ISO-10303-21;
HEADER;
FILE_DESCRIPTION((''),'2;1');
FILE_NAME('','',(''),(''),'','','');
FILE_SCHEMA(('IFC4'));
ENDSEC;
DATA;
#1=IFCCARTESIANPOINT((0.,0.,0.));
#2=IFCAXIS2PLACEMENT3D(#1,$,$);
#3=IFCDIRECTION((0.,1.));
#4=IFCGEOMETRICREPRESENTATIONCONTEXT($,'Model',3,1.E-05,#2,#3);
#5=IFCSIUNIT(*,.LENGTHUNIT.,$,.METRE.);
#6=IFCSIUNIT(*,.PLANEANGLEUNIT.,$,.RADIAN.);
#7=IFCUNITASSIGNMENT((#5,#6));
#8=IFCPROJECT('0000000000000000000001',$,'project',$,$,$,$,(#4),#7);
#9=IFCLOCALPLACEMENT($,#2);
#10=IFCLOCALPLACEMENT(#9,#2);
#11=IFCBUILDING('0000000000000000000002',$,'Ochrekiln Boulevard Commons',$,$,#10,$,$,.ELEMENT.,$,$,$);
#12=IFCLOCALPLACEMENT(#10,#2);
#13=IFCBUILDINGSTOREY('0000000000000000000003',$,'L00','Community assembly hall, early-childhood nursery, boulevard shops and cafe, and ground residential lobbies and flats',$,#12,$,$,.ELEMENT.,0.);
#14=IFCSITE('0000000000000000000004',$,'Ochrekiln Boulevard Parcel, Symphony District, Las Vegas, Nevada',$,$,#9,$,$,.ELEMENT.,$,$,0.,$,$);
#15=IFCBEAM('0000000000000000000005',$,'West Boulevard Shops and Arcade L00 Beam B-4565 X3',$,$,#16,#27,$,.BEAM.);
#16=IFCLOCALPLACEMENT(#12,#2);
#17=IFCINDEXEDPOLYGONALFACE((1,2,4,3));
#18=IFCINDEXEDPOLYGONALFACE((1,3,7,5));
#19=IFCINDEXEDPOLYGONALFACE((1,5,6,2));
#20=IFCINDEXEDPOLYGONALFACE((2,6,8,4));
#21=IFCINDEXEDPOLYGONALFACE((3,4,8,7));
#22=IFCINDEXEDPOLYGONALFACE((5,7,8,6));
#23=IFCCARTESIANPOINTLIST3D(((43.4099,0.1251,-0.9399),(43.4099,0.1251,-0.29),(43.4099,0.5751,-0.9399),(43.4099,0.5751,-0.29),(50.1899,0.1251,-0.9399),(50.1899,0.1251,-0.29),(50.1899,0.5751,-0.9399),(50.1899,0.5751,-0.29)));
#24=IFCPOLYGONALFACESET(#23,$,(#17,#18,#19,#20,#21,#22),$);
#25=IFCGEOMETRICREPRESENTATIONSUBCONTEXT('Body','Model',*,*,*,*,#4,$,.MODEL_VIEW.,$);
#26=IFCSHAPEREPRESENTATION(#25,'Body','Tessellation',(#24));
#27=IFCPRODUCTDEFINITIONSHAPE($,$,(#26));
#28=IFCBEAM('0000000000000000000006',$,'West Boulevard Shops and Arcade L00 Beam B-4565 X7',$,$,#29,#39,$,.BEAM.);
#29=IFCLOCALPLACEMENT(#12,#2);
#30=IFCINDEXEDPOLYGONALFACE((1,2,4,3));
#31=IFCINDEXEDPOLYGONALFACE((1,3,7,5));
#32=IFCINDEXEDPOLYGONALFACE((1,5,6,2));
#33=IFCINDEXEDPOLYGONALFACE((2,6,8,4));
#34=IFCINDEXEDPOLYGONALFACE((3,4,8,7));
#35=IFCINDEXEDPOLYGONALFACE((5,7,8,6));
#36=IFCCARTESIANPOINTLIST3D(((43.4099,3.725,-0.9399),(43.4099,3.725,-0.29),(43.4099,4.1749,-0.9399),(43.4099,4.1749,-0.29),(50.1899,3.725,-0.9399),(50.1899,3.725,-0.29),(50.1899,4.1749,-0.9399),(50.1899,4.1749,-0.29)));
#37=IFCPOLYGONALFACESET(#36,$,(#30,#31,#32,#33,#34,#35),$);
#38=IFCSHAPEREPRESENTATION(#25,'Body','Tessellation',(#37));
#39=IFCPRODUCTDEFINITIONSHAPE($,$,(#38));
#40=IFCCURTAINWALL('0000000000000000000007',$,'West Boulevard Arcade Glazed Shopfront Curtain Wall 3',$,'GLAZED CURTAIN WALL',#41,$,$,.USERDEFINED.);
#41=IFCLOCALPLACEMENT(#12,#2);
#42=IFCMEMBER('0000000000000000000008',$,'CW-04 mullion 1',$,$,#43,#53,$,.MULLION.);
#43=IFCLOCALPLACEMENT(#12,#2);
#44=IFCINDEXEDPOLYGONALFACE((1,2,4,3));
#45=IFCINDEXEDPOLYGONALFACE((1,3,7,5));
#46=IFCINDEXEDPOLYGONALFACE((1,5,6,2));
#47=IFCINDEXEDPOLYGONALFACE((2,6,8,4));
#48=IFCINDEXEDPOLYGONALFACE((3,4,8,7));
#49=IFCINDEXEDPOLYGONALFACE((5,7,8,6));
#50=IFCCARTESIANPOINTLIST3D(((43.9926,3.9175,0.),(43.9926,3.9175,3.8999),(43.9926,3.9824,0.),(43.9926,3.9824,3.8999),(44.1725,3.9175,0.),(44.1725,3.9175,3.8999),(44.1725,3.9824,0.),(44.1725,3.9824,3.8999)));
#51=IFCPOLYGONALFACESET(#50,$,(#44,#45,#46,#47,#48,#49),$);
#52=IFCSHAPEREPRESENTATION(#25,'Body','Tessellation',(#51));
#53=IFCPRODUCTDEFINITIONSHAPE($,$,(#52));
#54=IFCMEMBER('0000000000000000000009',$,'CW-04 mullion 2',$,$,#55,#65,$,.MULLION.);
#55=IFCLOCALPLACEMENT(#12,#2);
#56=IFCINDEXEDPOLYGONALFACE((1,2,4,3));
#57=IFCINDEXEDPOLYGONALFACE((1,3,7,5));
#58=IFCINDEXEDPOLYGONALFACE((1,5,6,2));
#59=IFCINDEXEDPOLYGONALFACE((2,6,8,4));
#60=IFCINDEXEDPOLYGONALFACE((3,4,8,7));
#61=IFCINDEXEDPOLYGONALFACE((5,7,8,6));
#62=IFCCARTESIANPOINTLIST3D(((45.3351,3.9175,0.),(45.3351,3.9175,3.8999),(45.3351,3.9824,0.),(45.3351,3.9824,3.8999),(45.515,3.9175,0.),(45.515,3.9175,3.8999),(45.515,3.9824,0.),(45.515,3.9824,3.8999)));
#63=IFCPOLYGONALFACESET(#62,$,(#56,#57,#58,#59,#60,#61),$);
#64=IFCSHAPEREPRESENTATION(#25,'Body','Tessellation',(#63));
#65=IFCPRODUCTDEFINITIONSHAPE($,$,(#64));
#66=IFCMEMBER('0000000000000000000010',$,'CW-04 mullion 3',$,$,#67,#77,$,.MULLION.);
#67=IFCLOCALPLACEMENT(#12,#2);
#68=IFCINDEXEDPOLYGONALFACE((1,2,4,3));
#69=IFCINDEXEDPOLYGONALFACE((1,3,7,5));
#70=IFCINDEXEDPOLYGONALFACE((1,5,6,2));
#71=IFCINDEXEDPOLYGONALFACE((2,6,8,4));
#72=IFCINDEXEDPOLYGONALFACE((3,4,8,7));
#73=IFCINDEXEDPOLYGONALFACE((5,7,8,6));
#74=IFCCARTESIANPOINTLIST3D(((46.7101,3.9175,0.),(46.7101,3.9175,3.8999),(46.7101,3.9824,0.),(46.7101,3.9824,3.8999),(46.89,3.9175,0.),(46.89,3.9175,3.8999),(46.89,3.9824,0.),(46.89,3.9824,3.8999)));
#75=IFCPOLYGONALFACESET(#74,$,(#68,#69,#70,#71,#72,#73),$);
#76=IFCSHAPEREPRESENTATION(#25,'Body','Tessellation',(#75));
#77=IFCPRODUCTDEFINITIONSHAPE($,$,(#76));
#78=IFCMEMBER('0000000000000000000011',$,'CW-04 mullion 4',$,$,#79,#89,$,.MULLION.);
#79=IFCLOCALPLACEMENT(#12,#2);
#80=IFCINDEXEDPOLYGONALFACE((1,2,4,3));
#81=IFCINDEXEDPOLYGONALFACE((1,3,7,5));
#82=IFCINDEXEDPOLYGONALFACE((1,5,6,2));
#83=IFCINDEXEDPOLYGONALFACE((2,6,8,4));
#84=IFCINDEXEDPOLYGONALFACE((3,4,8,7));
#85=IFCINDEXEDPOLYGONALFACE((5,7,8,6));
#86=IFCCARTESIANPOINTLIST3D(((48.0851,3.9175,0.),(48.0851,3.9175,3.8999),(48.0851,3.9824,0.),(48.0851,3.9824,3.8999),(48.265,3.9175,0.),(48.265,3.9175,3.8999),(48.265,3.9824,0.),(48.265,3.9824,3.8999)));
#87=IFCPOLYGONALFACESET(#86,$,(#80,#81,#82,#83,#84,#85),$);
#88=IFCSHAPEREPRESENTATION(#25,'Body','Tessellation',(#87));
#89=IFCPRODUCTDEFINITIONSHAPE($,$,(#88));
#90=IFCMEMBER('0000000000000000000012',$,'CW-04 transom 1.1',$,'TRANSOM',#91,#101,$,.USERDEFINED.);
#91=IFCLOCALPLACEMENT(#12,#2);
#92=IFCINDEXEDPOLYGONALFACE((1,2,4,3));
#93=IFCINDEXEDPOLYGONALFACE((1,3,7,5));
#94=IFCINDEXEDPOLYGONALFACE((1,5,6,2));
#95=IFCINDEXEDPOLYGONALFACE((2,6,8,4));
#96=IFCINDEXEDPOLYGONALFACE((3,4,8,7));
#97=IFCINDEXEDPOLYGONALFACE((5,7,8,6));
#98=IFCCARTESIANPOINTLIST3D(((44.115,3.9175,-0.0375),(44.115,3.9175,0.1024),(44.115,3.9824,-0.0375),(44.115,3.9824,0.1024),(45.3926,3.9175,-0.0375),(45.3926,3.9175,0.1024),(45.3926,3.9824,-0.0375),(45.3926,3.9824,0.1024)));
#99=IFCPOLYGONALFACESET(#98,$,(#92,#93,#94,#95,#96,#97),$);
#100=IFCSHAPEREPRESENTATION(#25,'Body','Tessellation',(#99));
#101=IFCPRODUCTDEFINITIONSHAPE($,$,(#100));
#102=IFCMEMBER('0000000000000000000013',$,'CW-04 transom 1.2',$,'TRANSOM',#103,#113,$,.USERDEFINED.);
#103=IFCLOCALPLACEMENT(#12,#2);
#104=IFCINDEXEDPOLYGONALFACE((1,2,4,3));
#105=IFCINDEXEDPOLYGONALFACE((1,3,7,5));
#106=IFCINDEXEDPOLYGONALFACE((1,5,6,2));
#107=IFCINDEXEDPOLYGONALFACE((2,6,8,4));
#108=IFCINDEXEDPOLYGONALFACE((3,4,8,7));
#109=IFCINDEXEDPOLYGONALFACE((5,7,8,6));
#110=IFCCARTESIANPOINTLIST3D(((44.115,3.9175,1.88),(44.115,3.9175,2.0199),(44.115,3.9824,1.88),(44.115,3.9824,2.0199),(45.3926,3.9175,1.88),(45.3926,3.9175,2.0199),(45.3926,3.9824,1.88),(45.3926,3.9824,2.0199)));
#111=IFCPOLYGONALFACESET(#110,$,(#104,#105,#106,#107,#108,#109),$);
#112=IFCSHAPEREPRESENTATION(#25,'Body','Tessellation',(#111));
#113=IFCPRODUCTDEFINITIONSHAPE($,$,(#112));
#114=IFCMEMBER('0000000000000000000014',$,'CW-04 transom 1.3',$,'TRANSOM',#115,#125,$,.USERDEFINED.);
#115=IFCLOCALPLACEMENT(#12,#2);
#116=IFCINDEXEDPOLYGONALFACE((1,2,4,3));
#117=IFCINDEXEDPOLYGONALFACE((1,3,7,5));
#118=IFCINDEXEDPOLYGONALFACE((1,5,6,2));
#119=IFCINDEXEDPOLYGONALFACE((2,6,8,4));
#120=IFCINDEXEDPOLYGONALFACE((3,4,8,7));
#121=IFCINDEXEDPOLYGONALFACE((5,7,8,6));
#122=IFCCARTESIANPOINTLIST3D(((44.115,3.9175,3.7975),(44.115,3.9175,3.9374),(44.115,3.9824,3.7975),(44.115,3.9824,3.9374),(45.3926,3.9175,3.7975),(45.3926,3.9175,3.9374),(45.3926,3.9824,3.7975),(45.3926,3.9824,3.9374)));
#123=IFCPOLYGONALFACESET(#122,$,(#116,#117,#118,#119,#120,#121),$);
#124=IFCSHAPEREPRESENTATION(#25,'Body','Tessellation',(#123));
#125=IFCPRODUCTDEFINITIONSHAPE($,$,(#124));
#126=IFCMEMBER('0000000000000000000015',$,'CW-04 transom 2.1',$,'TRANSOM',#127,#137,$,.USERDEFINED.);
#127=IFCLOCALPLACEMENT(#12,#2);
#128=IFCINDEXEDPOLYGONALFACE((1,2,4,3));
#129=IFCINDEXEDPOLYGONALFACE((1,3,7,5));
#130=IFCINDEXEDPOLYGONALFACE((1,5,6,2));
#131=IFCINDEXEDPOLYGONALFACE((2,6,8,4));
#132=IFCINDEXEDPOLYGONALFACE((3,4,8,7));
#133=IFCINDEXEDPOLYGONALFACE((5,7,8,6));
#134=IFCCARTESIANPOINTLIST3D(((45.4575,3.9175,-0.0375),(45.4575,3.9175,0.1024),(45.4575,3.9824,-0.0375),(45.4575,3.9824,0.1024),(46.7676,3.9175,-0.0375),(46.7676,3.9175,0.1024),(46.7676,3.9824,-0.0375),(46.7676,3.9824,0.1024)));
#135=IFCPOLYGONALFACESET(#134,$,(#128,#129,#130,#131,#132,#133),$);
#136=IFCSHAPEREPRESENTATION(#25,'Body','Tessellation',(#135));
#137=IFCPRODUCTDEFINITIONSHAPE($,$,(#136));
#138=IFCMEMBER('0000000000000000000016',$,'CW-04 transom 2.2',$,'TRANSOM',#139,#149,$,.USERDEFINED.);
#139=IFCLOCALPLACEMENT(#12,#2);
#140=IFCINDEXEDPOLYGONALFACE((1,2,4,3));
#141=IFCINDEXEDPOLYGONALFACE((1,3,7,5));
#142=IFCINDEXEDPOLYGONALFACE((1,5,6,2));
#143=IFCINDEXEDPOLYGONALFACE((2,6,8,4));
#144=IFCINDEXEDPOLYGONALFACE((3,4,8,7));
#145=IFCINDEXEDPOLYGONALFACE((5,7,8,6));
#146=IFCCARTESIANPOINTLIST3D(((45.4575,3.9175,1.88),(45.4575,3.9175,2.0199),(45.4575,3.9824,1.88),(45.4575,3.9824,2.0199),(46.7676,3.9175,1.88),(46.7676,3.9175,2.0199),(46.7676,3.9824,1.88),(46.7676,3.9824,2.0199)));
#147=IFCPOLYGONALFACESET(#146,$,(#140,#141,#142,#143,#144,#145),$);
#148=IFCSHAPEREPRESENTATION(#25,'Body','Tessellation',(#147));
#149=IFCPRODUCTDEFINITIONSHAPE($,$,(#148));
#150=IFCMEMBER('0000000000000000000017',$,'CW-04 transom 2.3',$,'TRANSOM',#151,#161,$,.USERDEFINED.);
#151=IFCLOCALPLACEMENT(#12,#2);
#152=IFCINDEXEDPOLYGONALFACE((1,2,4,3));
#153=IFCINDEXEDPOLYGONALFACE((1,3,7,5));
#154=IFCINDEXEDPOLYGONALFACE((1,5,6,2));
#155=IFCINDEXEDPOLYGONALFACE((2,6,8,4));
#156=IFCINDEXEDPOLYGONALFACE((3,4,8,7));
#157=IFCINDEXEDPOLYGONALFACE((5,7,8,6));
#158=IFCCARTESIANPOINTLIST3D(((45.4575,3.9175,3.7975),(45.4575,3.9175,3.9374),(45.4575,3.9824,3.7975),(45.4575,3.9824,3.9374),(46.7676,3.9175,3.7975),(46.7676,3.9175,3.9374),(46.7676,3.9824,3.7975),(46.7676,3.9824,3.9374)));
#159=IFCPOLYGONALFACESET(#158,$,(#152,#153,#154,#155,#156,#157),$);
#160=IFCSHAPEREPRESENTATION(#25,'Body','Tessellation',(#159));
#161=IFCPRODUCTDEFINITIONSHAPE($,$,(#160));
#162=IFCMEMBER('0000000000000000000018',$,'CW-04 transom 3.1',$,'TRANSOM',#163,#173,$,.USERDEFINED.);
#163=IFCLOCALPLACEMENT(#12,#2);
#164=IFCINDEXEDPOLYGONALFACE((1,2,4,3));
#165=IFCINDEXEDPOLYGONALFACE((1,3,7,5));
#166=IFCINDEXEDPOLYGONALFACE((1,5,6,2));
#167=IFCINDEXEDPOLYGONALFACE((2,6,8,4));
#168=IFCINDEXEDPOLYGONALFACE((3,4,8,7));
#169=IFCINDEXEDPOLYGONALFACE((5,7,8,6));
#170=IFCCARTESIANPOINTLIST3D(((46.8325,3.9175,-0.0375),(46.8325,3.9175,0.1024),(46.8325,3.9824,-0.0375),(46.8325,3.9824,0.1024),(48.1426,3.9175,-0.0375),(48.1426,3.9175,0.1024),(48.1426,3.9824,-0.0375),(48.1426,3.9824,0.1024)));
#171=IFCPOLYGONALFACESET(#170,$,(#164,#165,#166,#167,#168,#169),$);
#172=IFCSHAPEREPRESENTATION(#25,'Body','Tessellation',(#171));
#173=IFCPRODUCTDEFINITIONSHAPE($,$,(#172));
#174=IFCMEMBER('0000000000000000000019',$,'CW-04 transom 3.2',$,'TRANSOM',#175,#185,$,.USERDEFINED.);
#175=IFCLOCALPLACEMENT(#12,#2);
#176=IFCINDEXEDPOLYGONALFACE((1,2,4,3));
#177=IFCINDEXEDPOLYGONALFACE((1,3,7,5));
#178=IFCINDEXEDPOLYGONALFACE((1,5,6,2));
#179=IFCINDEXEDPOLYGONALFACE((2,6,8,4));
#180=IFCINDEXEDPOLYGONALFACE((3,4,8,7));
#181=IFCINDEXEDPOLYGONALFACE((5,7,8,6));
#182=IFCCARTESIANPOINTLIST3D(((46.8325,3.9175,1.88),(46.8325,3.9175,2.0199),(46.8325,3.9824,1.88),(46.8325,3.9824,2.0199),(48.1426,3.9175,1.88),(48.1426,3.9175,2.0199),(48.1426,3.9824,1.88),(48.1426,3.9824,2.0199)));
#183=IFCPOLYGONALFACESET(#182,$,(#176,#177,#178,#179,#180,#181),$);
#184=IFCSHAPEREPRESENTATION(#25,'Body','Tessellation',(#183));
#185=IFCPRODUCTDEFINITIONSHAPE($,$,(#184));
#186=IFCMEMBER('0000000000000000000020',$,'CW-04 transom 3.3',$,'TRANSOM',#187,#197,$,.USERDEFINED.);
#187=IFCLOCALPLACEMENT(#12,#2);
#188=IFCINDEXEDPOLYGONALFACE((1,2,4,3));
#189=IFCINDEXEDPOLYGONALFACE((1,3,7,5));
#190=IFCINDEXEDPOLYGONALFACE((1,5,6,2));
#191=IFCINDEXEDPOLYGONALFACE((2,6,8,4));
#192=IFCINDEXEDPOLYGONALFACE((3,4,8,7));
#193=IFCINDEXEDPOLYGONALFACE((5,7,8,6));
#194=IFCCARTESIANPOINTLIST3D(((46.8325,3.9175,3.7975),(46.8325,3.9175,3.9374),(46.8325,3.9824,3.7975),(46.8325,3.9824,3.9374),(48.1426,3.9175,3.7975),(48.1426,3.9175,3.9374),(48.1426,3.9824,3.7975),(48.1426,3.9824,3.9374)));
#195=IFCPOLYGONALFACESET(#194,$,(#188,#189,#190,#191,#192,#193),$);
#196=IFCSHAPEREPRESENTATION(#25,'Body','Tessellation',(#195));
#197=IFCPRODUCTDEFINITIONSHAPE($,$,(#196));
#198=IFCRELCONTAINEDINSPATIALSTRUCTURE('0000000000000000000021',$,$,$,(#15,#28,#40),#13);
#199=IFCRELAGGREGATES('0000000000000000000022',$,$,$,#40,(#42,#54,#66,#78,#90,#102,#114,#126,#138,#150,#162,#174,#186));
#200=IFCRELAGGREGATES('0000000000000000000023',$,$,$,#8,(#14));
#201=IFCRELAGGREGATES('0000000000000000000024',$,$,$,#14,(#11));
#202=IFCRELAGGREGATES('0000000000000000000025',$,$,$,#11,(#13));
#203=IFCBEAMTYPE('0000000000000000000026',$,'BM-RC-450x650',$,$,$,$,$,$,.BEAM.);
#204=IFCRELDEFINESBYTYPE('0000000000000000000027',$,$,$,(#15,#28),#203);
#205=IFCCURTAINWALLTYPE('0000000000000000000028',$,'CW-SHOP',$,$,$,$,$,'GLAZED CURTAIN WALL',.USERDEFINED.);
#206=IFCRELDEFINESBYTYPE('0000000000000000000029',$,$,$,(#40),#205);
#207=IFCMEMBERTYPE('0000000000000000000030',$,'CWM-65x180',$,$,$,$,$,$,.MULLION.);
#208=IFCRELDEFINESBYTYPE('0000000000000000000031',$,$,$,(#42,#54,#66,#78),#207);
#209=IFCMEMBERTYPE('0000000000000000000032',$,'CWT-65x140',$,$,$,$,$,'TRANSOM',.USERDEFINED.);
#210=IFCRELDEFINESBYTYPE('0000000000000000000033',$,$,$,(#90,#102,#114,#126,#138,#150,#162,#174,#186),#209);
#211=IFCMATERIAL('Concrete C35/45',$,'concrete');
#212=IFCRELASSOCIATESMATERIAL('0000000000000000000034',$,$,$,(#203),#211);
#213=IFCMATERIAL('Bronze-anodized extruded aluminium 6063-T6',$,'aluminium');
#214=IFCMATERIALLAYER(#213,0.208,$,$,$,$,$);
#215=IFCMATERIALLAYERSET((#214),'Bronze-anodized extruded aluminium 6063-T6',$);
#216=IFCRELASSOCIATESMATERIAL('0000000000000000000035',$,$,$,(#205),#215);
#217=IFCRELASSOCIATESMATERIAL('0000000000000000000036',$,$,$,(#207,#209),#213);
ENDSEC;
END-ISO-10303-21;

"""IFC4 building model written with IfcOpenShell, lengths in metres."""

from ifc_helpers import new_model, si_unit, direction, frame, origin, origin_2d, place, context, subcontext, project, spatial, rectangle, extrude, material, layer, layer_set, material_profile, profile_set, type_object, element, aggregate, save


model = new_model("IFC4")

# Units and contexts
model_context = context("Model", 3, precision=1e-05, world=origin(), true_north=direction((0.0, 1.0)))
body_context = subcontext(model_context, "Body", "Model", "MODEL_VIEW")
ifc_project = project(units=[si_unit("LENGTHUNIT", "METRE"), si_unit("PLANEANGLEUNIT", "RADIAN")], contexts=[model_context])

# Site, building, storey
site_placement = place(None, origin())
site = spatial("IfcSite", under=ifc_project, at=site_placement, Name="Ochrekiln Boulevard Parcel, Symphony District, Las Vegas, Nevada", CompositionType="ELEMENT", RefElevation=0.0)
building_placement = place(site_placement, origin())
building = spatial("IfcBuilding", under=site, at=building_placement, Name="Ochrekiln Boulevard Commons", CompositionType="ELEMENT")
storey_placement = place(building_placement, origin())
storey = spatial("IfcBuildingStorey", under=building, at=storey_placement, Name="L00", Description="Community assembly hall, early-childhood nursery, boulevard shops and cafe, and ground residential lobbies and flats", CompositionType="ELEMENT", Elevation=0.0)

# Beams
ifc_material_1 = material(Name="Concrete C35/45", Category="concrete")
ifc_material_profile_1 = material_profile(ifc_material_1, rectangle(XDim=0.45, YDim=0.6499, at=origin_2d()), Name="RC-BM-450x650")
ifc_profile_set_1 = profile_set([ifc_material_profile_1], Name="Concrete C35/45")
beam_type_1 = type_object("IfcBeamType", Name="BM-RC-450x650", PredefinedType="BEAM", material=ifc_profile_set_1)
for number, where, z_axis, x_axis, name in (
    (1, (43.4099, 0.3501, -0.615), (1.0, 0.0, 0.0), (0.0, 1.0, 0.0), "West Boulevard Shops and Arcade L00 Beam B-4565 X3"),
    (2, (43.4099, 3.95, -0.615), (1.0, 0.0, 0.0), (0.0, 1.0, 0.0), "West Boulevard Shops and Arcade L00 Beam B-4565 X7"),
):
    element("IfcBeam", number, at=place(storey_placement, frame(where, z_axis=z_axis, x_axis=x_axis)), inside=storey, type_object=beam_type_1, Name=name, PredefinedType="BEAM", context=body_context, shape_type="SweptSolid", body=[
        extrude(rectangle(XDim=0.45, YDim=0.6499, at=origin_2d()), origin(), (0.0, 0.0, 1.0), 6.78),
    ])

# Curtain wall, members
ifc_material_2 = material(Name="Bronze-anodized extruded aluminium 6063-T6", Category="aluminium")
ifc_layer_1 = layer(ifc_material_2, 0.208)
ifc_layer_set_1 = layer_set([ifc_layer_1], Name="Bronze-anodized extruded aluminium 6063-T6")
curtain_wall_type = type_object("IfcCurtainWallType", Name="CW-SHOP", ElementType="GLAZED CURTAIN WALL", PredefinedType="USERDEFINED", material=ifc_layer_set_1)
curtain_wall_placement = place(storey_placement, origin())
curtain_wall = element("IfcCurtainWall", 3, at=curtain_wall_placement, inside=storey, type_object=curtain_wall_type, Name="West Boulevard Arcade Glazed Shopfront Curtain Wall 3", ObjectType="GLAZED CURTAIN WALL", PredefinedType="USERDEFINED")
ifc_material_profile_2 = material_profile(ifc_material_2, rectangle(XDim=0.0649, YDim=0.1799, at=origin_2d()), Name="ALU-MUL-65x180")
ifc_profile_set_2 = profile_set([ifc_material_profile_2], Name="Bronze-anodized extruded aluminium 6063-T6")
member_type_1 = type_object("IfcMemberType", Name="CWM-65x180", PredefinedType="MULLION", material=ifc_profile_set_2)
member_1_placement = place(storey_placement, frame((44.0825, 3.95, 0.0), z_axis=(0.0, 0.0, 1.0), x_axis=(0.0, 1.0, 0.0)))
member_1 = element("IfcMember", 4, at=member_1_placement, type_object=member_type_1, Name="CW-04 mullion 1", PredefinedType="MULLION", context=body_context, shape_type="SweptSolid", body=[
    extrude(rectangle(XDim=0.0649, YDim=0.1799, at=origin_2d()), origin(), (0.0, 0.0, 1.0), 3.8999),
])
member_2_placement = place(storey_placement, frame((45.425, 3.95, 0.0), z_axis=(0.0, 0.0, 1.0), x_axis=(0.0, 1.0, 0.0)))
member_2 = element("IfcMember", 5, at=member_2_placement, type_object=member_type_1, Name="CW-04 mullion 2", PredefinedType="MULLION", context=body_context, shape_type="SweptSolid", body=[
    extrude(rectangle(XDim=0.0649, YDim=0.1799, at=origin_2d()), origin(), (0.0, 0.0, 1.0), 3.8999),
])
member_3_placement = place(storey_placement, frame((46.8, 3.95, 0.0), z_axis=(0.0, 0.0, 1.0), x_axis=(0.0, 1.0, 0.0)))
member_3 = element("IfcMember", 6, at=member_3_placement, type_object=member_type_1, Name="CW-04 mullion 3", PredefinedType="MULLION", context=body_context, shape_type="SweptSolid", body=[
    extrude(rectangle(XDim=0.0649, YDim=0.1799, at=origin_2d()), origin(), (0.0, 0.0, 1.0), 3.8999),
])
member_4_placement = place(storey_placement, frame((48.175, 3.95, 0.0), z_axis=(0.0, 0.0, 1.0), x_axis=(0.0, 1.0, 0.0)))
member_4 = element("IfcMember", 7, at=member_4_placement, type_object=member_type_1, Name="CW-04 mullion 4", PredefinedType="MULLION", context=body_context, shape_type="SweptSolid", body=[
    extrude(rectangle(XDim=0.0649, YDim=0.1799, at=origin_2d()), origin(), (0.0, 0.0, 1.0), 3.8999),
])
ifc_material_profile_3 = material_profile(ifc_material_2, rectangle(XDim=0.0649, YDim=0.1399, at=origin_2d()), Name="ALU-TRN-65x140")
ifc_profile_set_3 = profile_set([ifc_material_profile_3], Name="Bronze-anodized extruded aluminium 6063-T6")
member_type_2 = type_object("IfcMemberType", Name="CWT-65x140", ElementType="TRANSOM", PredefinedType="USERDEFINED", material=ifc_profile_set_3)
member_5_placement = place(storey_placement, frame((44.115, 3.95, 0.0325), z_axis=(1.0, 0.0, 0.0), x_axis=(0.0, 1.0, 0.0)))
member_5 = element("IfcMember", 8, at=member_5_placement, type_object=member_type_2, Name="CW-04 transom 1.1", ObjectType="TRANSOM", PredefinedType="USERDEFINED", context=body_context, shape_type="SweptSolid", body=[
    extrude(rectangle(XDim=0.0649, YDim=0.1399, at=origin_2d()), origin(), (0.0, 0.0, 1.0), 1.2776),
])
member_6_placement = place(storey_placement, frame((44.115, 3.95, 1.95), z_axis=(1.0, 0.0, 0.0), x_axis=(0.0, 1.0, 0.0)))
member_6 = element("IfcMember", 9, at=member_6_placement, type_object=member_type_2, Name="CW-04 transom 1.2", ObjectType="TRANSOM", PredefinedType="USERDEFINED", context=body_context, shape_type="SweptSolid", body=[
    extrude(rectangle(XDim=0.0649, YDim=0.1399, at=origin_2d()), origin(), (0.0, 0.0, 1.0), 1.2776),
])
member_7_placement = place(storey_placement, frame((44.115, 3.95, 3.8674), z_axis=(1.0, 0.0, 0.0), x_axis=(0.0, 1.0, 0.0)))
member_7 = element("IfcMember", 10, at=member_7_placement, type_object=member_type_2, Name="CW-04 transom 1.3", ObjectType="TRANSOM", PredefinedType="USERDEFINED", context=body_context, shape_type="SweptSolid", body=[
    extrude(rectangle(XDim=0.0649, YDim=0.1399, at=origin_2d()), origin(), (0.0, 0.0, 1.0), 1.2776),
])
member_8_placement = place(storey_placement, frame((45.4575, 3.95, 0.0325), z_axis=(1.0, 0.0, 0.0), x_axis=(0.0, 1.0, 0.0)))
member_8 = element("IfcMember", 11, at=member_8_placement, type_object=member_type_2, Name="CW-04 transom 2.1", ObjectType="TRANSOM", PredefinedType="USERDEFINED", context=body_context, shape_type="SweptSolid", body=[
    extrude(rectangle(XDim=0.0649, YDim=0.1399, at=origin_2d()), origin(), (0.0, 0.0, 1.0), 1.3101),
])
member_9_placement = place(storey_placement, frame((45.4575, 3.95, 1.95), z_axis=(1.0, 0.0, 0.0), x_axis=(0.0, 1.0, 0.0)))
member_9 = element("IfcMember", 12, at=member_9_placement, type_object=member_type_2, Name="CW-04 transom 2.2", ObjectType="TRANSOM", PredefinedType="USERDEFINED", context=body_context, shape_type="SweptSolid", body=[
    extrude(rectangle(XDim=0.0649, YDim=0.1399, at=origin_2d()), origin(), (0.0, 0.0, 1.0), 1.3101),
])
member_10_placement = place(storey_placement, frame((45.4575, 3.95, 3.8674), z_axis=(1.0, 0.0, 0.0), x_axis=(0.0, 1.0, 0.0)))
member_10 = element("IfcMember", 13, at=member_10_placement, type_object=member_type_2, Name="CW-04 transom 2.3", ObjectType="TRANSOM", PredefinedType="USERDEFINED", context=body_context, shape_type="SweptSolid", body=[
    extrude(rectangle(XDim=0.0649, YDim=0.1399, at=origin_2d()), origin(), (0.0, 0.0, 1.0), 1.3101),
])
member_11_placement = place(storey_placement, frame((46.8325, 3.95, 0.0325), z_axis=(1.0, 0.0, 0.0), x_axis=(0.0, 1.0, 0.0)))
member_11 = element("IfcMember", 14, at=member_11_placement, type_object=member_type_2, Name="CW-04 transom 3.1", ObjectType="TRANSOM", PredefinedType="USERDEFINED", context=body_context, shape_type="SweptSolid", body=[
    extrude(rectangle(XDim=0.0649, YDim=0.1399, at=origin_2d()), origin(), (0.0, 0.0, 1.0), 1.3101),
])
member_12_placement = place(storey_placement, frame((46.8325, 3.95, 1.95), z_axis=(1.0, 0.0, 0.0), x_axis=(0.0, 1.0, 0.0)))
member_12 = element("IfcMember", 15, at=member_12_placement, type_object=member_type_2, Name="CW-04 transom 3.2", ObjectType="TRANSOM", PredefinedType="USERDEFINED", context=body_context, shape_type="SweptSolid", body=[
    extrude(rectangle(XDim=0.0649, YDim=0.1399, at=origin_2d()), origin(), (0.0, 0.0, 1.0), 1.3101),
])
member_13_placement = place(storey_placement, frame((46.8325, 3.95, 3.8674), z_axis=(1.0, 0.0, 0.0), x_axis=(0.0, 1.0, 0.0)))
member_13 = element("IfcMember", 16, at=member_13_placement, type_object=member_type_2, Name="CW-04 transom 3.3", ObjectType="TRANSOM", PredefinedType="USERDEFINED", context=body_context, shape_type="SweptSolid", body=[
    extrude(rectangle(XDim=0.0649, YDim=0.1399, at=origin_2d()), origin(), (0.0, 0.0, 1.0), 1.3101),
])

aggregate(curtain_wall, [member_1, member_2, member_3, member_4, member_5, member_6, member_7, member_8, member_9, member_10, member_11, member_12, member_13])

save(model, "model.ifc")
